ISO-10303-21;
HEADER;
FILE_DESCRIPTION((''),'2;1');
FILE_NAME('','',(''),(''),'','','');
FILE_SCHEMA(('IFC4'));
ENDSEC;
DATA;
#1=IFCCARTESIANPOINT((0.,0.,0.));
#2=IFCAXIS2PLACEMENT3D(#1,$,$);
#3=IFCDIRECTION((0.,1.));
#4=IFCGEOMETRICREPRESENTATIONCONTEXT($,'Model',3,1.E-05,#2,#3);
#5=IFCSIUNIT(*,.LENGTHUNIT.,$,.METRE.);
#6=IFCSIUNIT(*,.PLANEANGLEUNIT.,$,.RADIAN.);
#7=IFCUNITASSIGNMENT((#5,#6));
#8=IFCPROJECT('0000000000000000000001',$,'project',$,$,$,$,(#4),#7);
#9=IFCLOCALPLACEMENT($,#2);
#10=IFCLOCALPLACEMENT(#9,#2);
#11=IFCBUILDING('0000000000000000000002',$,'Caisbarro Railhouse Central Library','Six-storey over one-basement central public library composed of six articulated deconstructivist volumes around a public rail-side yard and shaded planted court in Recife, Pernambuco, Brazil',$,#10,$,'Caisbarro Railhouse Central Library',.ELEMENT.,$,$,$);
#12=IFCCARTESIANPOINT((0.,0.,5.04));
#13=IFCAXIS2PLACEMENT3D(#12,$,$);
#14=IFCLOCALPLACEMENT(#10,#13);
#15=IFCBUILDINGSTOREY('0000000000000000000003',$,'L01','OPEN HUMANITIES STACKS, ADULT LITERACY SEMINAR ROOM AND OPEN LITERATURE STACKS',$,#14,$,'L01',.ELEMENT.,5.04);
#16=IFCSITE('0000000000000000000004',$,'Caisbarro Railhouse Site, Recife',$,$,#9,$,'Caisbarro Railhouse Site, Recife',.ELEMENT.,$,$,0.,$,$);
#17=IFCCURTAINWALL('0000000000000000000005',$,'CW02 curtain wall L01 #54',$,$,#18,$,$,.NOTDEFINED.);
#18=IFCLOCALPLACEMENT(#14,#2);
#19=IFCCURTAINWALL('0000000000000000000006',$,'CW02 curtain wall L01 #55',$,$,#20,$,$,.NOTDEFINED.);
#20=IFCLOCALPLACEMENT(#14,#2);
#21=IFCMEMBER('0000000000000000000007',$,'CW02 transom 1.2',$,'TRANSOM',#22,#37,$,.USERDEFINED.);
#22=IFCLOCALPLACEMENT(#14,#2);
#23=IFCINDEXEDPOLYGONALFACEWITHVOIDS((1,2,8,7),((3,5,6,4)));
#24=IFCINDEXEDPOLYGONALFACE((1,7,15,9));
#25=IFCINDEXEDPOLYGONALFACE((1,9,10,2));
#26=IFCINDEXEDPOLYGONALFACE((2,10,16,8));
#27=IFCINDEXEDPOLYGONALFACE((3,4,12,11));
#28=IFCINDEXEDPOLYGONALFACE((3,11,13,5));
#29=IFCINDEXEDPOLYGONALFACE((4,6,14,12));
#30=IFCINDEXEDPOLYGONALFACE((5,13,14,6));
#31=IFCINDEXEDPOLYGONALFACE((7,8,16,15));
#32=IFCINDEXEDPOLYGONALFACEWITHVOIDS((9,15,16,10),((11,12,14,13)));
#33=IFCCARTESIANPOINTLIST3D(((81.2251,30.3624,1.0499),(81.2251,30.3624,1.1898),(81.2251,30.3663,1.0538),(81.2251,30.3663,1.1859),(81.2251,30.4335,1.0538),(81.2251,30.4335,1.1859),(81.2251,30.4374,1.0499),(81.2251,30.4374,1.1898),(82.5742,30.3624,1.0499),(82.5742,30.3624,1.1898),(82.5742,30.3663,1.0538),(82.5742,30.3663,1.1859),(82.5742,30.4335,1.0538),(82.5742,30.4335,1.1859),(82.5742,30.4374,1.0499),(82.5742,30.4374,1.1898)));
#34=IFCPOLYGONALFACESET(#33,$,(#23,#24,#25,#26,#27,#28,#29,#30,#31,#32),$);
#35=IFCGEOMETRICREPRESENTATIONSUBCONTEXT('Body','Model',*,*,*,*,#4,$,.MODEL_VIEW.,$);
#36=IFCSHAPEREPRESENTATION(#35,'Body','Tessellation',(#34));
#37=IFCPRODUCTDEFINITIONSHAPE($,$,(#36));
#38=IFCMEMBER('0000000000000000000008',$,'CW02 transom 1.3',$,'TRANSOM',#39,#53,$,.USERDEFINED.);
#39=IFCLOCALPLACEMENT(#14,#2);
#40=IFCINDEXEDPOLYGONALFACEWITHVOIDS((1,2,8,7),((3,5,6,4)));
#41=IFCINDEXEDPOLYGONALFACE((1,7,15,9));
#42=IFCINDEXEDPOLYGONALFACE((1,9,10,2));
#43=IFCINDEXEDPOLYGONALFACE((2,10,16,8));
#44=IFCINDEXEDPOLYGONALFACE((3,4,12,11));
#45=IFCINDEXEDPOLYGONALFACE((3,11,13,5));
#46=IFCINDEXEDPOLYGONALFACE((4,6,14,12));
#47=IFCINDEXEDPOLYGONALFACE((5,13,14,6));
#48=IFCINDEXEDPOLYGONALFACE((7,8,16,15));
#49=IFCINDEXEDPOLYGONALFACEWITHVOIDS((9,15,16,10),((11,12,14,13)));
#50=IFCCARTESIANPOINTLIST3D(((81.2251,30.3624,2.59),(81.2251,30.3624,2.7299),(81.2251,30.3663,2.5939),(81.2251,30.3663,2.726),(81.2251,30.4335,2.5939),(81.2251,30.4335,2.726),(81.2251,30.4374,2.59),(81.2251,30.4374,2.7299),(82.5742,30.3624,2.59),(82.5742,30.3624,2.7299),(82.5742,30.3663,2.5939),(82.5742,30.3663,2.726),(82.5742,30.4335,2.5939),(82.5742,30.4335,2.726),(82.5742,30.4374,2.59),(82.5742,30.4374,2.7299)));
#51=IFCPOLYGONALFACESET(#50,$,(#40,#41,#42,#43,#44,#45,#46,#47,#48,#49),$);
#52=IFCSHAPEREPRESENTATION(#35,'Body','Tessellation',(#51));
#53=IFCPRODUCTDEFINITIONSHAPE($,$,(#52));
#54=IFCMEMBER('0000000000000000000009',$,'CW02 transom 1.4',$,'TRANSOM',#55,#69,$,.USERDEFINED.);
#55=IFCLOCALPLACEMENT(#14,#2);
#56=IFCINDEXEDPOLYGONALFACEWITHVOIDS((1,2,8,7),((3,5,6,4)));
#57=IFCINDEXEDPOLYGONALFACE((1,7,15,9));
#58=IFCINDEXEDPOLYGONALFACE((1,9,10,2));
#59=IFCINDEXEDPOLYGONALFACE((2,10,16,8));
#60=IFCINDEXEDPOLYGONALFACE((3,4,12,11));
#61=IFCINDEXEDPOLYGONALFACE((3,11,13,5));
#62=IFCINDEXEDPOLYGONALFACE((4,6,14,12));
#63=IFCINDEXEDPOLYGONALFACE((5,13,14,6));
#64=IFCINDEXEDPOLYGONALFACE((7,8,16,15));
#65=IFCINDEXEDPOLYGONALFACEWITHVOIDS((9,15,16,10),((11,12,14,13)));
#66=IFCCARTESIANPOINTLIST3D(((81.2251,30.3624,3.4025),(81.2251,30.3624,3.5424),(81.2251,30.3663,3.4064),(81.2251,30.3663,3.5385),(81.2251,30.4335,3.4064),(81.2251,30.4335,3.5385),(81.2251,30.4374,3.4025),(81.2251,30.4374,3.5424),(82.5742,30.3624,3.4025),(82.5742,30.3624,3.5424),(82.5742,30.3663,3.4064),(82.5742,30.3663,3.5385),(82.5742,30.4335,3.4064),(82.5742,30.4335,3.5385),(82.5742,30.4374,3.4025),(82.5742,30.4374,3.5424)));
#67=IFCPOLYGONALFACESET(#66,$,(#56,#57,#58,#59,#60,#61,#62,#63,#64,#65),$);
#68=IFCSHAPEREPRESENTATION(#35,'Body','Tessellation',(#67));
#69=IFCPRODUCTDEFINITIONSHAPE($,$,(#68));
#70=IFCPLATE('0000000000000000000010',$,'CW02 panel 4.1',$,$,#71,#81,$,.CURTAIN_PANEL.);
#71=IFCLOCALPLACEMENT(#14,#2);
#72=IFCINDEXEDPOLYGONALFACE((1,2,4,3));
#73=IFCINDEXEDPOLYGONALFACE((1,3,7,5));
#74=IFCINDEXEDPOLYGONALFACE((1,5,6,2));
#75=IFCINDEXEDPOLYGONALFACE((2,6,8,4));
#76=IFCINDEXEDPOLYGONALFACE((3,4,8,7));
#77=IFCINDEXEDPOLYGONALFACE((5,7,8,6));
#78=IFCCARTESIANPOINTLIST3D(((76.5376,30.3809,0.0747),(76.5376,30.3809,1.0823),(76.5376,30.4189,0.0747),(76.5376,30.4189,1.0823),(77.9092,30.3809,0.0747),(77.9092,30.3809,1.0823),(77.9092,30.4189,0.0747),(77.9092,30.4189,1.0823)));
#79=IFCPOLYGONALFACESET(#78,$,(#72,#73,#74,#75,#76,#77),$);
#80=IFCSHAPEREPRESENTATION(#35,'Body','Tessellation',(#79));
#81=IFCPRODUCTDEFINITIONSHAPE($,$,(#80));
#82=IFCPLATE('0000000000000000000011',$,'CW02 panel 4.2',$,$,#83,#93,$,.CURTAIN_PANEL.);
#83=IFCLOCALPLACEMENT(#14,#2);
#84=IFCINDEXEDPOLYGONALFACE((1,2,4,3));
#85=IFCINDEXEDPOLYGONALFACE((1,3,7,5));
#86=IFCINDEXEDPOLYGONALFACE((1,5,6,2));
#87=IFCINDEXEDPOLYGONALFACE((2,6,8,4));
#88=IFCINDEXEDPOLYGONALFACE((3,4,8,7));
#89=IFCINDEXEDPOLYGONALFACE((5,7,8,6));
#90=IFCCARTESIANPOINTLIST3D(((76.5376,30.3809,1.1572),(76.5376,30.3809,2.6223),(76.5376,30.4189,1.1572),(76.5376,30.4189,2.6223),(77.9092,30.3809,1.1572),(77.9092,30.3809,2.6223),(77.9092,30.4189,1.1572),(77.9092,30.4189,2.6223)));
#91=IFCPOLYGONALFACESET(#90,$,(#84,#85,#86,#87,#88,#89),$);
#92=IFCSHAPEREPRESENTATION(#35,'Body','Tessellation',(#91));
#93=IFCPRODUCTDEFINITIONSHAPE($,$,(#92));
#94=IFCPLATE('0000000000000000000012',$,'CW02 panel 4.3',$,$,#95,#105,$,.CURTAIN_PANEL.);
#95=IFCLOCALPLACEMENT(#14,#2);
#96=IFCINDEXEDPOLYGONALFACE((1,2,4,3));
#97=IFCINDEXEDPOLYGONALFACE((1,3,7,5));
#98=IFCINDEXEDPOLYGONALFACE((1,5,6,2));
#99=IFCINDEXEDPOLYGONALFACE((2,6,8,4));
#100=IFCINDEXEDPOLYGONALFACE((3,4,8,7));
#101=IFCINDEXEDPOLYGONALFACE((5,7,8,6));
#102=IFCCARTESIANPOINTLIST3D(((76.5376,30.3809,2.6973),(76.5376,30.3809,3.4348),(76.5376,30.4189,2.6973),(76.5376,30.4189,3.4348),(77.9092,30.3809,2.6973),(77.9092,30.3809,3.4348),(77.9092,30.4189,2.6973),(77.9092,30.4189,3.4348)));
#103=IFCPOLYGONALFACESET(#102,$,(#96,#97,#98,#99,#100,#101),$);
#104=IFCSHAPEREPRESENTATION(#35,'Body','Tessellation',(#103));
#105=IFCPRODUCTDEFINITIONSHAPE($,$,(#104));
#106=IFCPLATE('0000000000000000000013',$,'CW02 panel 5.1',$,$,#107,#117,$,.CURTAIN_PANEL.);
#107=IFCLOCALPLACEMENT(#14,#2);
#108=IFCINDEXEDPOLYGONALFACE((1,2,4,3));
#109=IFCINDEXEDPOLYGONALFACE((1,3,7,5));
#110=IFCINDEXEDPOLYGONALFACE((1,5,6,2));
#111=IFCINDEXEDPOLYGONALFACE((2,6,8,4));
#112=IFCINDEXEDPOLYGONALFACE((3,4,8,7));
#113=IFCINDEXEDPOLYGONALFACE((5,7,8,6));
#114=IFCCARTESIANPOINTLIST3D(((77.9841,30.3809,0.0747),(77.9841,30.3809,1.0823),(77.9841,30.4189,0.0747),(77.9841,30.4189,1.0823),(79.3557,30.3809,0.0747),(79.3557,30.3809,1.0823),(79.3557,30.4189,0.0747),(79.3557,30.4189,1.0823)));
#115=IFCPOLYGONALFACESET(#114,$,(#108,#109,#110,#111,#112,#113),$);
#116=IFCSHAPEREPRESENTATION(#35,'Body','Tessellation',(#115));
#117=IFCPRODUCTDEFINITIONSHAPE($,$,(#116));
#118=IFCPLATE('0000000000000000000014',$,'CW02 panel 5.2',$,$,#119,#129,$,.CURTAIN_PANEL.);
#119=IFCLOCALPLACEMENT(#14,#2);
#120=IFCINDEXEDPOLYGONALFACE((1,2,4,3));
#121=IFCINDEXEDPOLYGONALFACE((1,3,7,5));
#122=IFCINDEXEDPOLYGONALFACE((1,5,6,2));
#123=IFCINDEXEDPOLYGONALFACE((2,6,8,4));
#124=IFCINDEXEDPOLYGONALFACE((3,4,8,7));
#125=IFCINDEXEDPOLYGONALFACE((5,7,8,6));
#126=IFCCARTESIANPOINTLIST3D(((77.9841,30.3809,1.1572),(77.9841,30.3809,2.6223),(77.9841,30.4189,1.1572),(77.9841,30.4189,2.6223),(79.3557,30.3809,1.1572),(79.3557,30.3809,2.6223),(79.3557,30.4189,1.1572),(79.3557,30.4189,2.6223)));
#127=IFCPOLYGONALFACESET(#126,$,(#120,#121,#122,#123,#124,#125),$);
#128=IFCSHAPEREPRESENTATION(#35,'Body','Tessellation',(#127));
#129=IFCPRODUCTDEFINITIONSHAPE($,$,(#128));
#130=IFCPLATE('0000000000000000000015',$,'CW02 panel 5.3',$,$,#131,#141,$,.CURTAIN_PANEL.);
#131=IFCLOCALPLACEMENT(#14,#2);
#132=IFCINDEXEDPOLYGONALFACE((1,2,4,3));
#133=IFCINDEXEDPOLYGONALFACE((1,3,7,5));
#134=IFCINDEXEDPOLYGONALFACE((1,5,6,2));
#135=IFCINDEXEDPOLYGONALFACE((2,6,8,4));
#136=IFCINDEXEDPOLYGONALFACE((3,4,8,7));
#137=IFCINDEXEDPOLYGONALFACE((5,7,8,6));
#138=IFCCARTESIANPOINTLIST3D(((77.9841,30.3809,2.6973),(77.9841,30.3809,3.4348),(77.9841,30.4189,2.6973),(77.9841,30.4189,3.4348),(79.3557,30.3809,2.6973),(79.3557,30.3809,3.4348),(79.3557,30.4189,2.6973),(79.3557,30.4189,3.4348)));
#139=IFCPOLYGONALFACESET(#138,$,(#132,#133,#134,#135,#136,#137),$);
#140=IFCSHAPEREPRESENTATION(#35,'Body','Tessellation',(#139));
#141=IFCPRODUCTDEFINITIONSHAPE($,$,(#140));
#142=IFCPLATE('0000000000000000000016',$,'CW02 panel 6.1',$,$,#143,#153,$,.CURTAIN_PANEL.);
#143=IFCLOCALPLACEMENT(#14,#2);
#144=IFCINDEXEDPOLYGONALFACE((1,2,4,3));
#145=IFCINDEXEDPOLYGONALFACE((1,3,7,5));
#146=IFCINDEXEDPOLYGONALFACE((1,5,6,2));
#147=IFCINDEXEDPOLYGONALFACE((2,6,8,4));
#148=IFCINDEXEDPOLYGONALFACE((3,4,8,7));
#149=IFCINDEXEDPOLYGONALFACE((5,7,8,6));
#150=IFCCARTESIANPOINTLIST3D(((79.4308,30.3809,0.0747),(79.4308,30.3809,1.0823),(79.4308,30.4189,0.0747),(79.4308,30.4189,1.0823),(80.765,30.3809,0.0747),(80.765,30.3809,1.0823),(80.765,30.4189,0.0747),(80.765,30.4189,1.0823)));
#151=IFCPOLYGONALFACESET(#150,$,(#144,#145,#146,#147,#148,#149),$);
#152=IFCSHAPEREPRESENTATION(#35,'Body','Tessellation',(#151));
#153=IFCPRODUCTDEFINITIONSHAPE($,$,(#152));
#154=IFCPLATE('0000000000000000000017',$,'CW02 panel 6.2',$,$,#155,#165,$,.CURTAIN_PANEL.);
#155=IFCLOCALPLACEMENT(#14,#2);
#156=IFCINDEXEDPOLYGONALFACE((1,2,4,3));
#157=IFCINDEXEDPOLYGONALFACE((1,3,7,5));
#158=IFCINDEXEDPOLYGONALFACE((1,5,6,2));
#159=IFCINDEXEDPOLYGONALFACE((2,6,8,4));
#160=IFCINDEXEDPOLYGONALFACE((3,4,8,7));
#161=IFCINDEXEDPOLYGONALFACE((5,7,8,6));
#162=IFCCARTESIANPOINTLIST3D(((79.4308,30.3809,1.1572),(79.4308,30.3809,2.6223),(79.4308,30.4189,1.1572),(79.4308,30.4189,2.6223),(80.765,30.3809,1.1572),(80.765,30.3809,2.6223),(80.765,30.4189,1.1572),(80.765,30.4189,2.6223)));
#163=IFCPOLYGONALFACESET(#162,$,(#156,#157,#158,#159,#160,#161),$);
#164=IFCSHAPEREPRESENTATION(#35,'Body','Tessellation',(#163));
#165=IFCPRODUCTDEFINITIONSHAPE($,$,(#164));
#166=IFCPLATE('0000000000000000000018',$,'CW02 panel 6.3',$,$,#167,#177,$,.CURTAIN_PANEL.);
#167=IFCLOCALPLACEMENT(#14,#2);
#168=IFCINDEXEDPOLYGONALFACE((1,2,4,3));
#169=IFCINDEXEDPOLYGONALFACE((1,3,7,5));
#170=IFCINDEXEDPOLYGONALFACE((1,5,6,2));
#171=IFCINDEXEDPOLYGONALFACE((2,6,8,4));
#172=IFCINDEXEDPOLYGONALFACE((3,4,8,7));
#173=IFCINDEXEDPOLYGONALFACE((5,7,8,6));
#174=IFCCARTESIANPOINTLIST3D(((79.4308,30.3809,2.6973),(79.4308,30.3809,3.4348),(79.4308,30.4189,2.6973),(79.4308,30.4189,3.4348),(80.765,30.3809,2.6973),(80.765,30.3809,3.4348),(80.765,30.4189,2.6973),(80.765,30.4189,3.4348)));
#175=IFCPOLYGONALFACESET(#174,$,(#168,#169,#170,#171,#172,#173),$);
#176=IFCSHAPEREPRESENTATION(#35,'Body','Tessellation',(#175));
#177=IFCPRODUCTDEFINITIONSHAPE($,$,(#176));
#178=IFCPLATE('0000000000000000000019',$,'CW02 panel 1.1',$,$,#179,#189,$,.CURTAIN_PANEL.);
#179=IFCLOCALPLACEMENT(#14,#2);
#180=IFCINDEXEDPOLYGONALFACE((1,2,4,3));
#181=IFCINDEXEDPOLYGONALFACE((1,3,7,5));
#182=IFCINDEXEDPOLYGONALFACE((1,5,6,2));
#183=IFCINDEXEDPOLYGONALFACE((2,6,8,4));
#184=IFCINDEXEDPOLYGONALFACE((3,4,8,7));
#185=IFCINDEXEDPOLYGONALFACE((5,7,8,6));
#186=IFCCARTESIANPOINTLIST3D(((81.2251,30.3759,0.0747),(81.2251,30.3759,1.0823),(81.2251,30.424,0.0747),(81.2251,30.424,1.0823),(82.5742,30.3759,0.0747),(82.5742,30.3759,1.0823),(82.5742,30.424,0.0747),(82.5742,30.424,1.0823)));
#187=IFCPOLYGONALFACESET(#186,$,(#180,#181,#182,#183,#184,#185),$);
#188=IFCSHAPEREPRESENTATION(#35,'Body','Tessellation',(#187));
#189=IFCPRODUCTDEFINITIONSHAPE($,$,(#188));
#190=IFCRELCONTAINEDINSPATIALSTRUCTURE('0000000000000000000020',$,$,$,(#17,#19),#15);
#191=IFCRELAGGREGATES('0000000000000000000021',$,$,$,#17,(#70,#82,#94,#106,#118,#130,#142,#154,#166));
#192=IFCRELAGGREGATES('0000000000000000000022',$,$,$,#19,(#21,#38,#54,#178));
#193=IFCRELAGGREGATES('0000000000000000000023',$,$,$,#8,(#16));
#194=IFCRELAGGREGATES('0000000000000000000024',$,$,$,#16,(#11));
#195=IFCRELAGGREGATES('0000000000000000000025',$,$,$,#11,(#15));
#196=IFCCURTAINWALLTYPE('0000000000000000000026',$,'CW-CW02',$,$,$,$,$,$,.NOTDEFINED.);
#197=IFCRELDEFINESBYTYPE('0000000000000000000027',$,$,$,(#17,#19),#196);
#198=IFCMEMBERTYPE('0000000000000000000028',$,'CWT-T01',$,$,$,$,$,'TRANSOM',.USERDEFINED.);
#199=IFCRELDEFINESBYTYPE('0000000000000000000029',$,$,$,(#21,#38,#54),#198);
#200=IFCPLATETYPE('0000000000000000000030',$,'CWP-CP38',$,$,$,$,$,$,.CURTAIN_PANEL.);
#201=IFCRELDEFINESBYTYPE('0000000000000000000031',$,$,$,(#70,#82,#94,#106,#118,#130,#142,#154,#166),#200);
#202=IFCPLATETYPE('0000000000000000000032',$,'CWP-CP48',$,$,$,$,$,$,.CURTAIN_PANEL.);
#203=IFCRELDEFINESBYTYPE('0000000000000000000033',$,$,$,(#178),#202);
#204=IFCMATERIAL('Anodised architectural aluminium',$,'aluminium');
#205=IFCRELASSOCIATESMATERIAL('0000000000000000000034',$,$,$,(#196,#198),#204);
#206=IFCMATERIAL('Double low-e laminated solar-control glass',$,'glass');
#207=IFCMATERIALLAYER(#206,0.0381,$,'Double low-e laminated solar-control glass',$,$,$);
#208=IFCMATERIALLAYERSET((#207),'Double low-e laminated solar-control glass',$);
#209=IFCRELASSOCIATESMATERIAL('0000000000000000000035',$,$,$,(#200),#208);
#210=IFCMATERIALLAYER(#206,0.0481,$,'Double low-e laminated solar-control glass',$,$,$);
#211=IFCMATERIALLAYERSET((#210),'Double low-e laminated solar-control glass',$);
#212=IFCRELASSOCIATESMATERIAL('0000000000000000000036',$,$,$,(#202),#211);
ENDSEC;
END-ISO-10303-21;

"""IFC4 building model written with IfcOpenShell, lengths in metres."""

from ifc_helpers import new_model, si_unit, direction, frame, origin, origin_2d, place, context, subcontext, project, spatial, rectangle, hollow_rectangle, extrude, material, layer, layer_set, material_profile, profile_set, type_object, element, aggregate, save


model = new_model("IFC4")

# Units and contexts
model_context = context("Model", 3, precision=1e-05, world=origin(), true_north=direction((0.0, 1.0)))
body_context = subcontext(model_context, "Body", "Model", "MODEL_VIEW")
ifc_project = project(units=[si_unit("LENGTHUNIT", "METRE"), si_unit("PLANEANGLEUNIT", "RADIAN")], contexts=[model_context])

# Site, building, storey
site_placement = place(None, origin())
site = spatial("IfcSite", under=ifc_project, at=site_placement, Name="Caisbarro Railhouse Site, Recife", LongName="Caisbarro Railhouse Site, Recife", CompositionType="ELEMENT", RefElevation=0.0)
building_placement = place(site_placement, origin())
building = spatial("IfcBuilding", under=site, at=building_placement, Name="Caisbarro Railhouse Central Library", Description="Six-storey over one-basement central public library composed of six articulated deconstructivist volumes around a public rail-side yard and shaded planted court in Recife, Pernambuco, Brazil", LongName="Caisbarro Railhouse Central Library", CompositionType="ELEMENT")
storey_placement = place(building_placement, frame((0.0, 0.0, 5.04)))
storey = spatial("IfcBuildingStorey", under=building, at=storey_placement, Name="L01", Description="OPEN HUMANITIES STACKS, ADULT LITERACY SEMINAR ROOM AND OPEN LITERATURE STACKS", LongName="L01", CompositionType="ELEMENT", Elevation=5.04)

# Curtain wall
ifc_material_1 = material(Name="Anodised architectural aluminium", Category="aluminium")
curtain_wall_type = type_object("IfcCurtainWallType", Name="CW-CW02", PredefinedType="NOTDEFINED", material=ifc_material_1)
curtain_wall_1_placement = place(storey_placement, origin())
curtain_wall_1 = element("IfcCurtainWall", 1, at=curtain_wall_1_placement, inside=storey, type_object=curtain_wall_type, Name="CW02 curtain wall L01 #54", PredefinedType="NOTDEFINED")

# Curtain wall
curtain_wall_2_placement = place(storey_placement, origin())
curtain_wall_2 = element("IfcCurtainWall", 2, at=curtain_wall_2_placement, inside=storey, type_object=curtain_wall_type, Name="CW02 curtain wall L01 #55", PredefinedType="NOTDEFINED")

# Members
ifc_material_profile_1 = material_profile(ifc_material_1, hollow_rectangle(XDim=0.075, YDim=0.1399, WallThickness=0.0039, at=origin_2d()), Name="ALU-TRN-75X140")
ifc_profile_set_1 = profile_set([ifc_material_profile_1], Name="Anodised architectural aluminium")
member_type_1 = type_object("IfcMemberType", Name="CWT-T01", ElementType="TRANSOM", PredefinedType="USERDEFINED", material=ifc_profile_set_1)
member_1_placement = place(storey_placement, frame((81.2251, 30.3999, 1.1199), z_axis=(1.0, 0.0, 0.0), x_axis=(0.0, 1.0, 0.0)))
member_1 = element("IfcMember", 3, at=member_1_placement, type_object=member_type_1, Name="CW02 transom 1.2", ObjectType="TRANSOM", PredefinedType="USERDEFINED", context=body_context, shape_type="SweptSolid", body=[
    extrude(hollow_rectangle(XDim=0.075, YDim=0.1399, WallThickness=0.0039, at=origin_2d()), origin(), (0.0, 0.0, 1.0), 1.3491),
])
member_2_placement = place(storey_placement, frame((81.2251, 30.3999, 2.6599), z_axis=(1.0, 0.0, 0.0), x_axis=(0.0, 1.0, 0.0)))
member_2 = element("IfcMember", 4, at=member_2_placement, type_object=member_type_1, Name="CW02 transom 1.3", ObjectType="TRANSOM", PredefinedType="USERDEFINED", context=body_context, shape_type="SweptSolid", body=[
    extrude(hollow_rectangle(XDim=0.075, YDim=0.1399, WallThickness=0.0039, at=origin_2d()), origin(), (0.0, 0.0, 1.0), 1.3491),
])
member_3_placement = place(storey_placement, frame((81.2251, 30.3999, 3.4724), z_axis=(1.0, 0.0, 0.0), x_axis=(0.0, 1.0, 0.0)))
member_3 = element("IfcMember", 5, at=member_3_placement, type_object=member_type_1, Name="CW02 transom 1.4", ObjectType="TRANSOM", PredefinedType="USERDEFINED", context=body_context, shape_type="SweptSolid", body=[
    extrude(hollow_rectangle(XDim=0.075, YDim=0.1399, WallThickness=0.0039, at=origin_2d()), origin(), (0.0, 0.0, 1.0), 1.3491),
])

# Plates
ifc_material_2 = material(Name="Double low-e laminated solar-control glass", Category="glass")
ifc_layer_1 = layer(ifc_material_2, 0.0381, Name="Double low-e laminated solar-control glass")
ifc_layer_set_1 = layer_set([ifc_layer_1], Name="Double low-e laminated solar-control glass")
plate_type_1 = type_object("IfcPlateType", Name="CWP-CP38", PredefinedType="CURTAIN_PANEL", material=ifc_layer_set_1)
plate_1_placement = place(storey_placement, frame((77.2234, 30.3999, 0.0747), z_axis=(0.0, 0.0, 1.0), x_axis=(1.0, 0.0, 0.0)))
plate_1 = element("IfcPlate", 6, at=plate_1_placement, type_object=plate_type_1, Name="CW02 panel 4.1", PredefinedType="CURTAIN_PANEL", context=body_context, shape_type="SweptSolid", body=[
    extrude(rectangle(XDim=1.3716, YDim=0.0381, at=origin_2d()), origin(), (0.0, 0.0, 1.0), 1.0076),
])
plate_2_placement = place(storey_placement, frame((77.2234, 30.3999, 1.1572), z_axis=(0.0, 0.0, 1.0), x_axis=(1.0, 0.0, 0.0)))
plate_2 = element("IfcPlate", 7, at=plate_2_placement, type_object=plate_type_1, Name="CW02 panel 4.2", PredefinedType="CURTAIN_PANEL", context=body_context, shape_type="SweptSolid", body=[
    extrude(rectangle(XDim=1.3716, YDim=0.0381, at=origin_2d()), origin(), (0.0, 0.0, 1.0), 1.4651),
])
plate_3_placement = place(storey_placement, frame((77.2234, 30.3999, 2.6973), z_axis=(0.0, 0.0, 1.0), x_axis=(1.0, 0.0, 0.0)))
plate_3 = element("IfcPlate", 8, at=plate_3_placement, type_object=plate_type_1, Name="CW02 panel 4.3", PredefinedType="CURTAIN_PANEL", context=body_context, shape_type="SweptSolid", body=[
    extrude(rectangle(XDim=1.3716, YDim=0.0381, at=origin_2d()), origin(), (0.0, 0.0, 1.0), 0.7375),
])
plate_4_placement = place(storey_placement, frame((78.6699, 30.3999, 0.0747), z_axis=(0.0, 0.0, 1.0), x_axis=(1.0, 0.0, 0.0)))
plate_4 = element("IfcPlate", 9, at=plate_4_placement, type_object=plate_type_1, Name="CW02 panel 5.1", PredefinedType="CURTAIN_PANEL", context=body_context, shape_type="SweptSolid", body=[
    extrude(rectangle(XDim=1.3716, YDim=0.0381, at=origin_2d()), origin(), (0.0, 0.0, 1.0), 1.0076),
])
plate_5_placement = place(storey_placement, frame((78.6699, 30.3999, 1.1572), z_axis=(0.0, 0.0, 1.0), x_axis=(1.0, 0.0, 0.0)))
plate_5 = element("IfcPlate", 10, at=plate_5_placement, type_object=plate_type_1, Name="CW02 panel 5.2", PredefinedType="CURTAIN_PANEL", context=body_context, shape_type="SweptSolid", body=[
    extrude(rectangle(XDim=1.3716, YDim=0.0381, at=origin_2d()), origin(), (0.0, 0.0, 1.0), 1.4651),
])
plate_6_placement = place(storey_placement, frame((78.6699, 30.3999, 2.6973), z_axis=(0.0, 0.0, 1.0), x_axis=(1.0, 0.0, 0.0)))
plate_6 = element("IfcPlate", 11, at=plate_6_placement, type_object=plate_type_1, Name="CW02 panel 5.3", PredefinedType="CURTAIN_PANEL", context=body_context, shape_type="SweptSolid", body=[
    extrude(rectangle(XDim=1.3716, YDim=0.0381, at=origin_2d()), origin(), (0.0, 0.0, 1.0), 0.7375),
])
plate_7_placement = place(storey_placement, frame((80.0979, 30.3999, 0.0747), z_axis=(0.0, 0.0, 1.0), x_axis=(1.0, 0.0, 0.0)))
plate_7 = element("IfcPlate", 12, at=plate_7_placement, type_object=plate_type_1, Name="CW02 panel 6.1", PredefinedType="CURTAIN_PANEL", context=body_context, shape_type="SweptSolid", body=[
    extrude(rectangle(XDim=1.3342, YDim=0.0381, at=origin_2d()), origin(), (0.0, 0.0, 1.0), 1.0076),
])
plate_8_placement = place(storey_placement, frame((80.0979, 30.3999, 1.1572), z_axis=(0.0, 0.0, 1.0), x_axis=(1.0, 0.0, 0.0)))
plate_8 = element("IfcPlate", 13, at=plate_8_placement, type_object=plate_type_1, Name="CW02 panel 6.2", PredefinedType="CURTAIN_PANEL", context=body_context, shape_type="SweptSolid", body=[
    extrude(rectangle(XDim=1.3342, YDim=0.0381, at=origin_2d()), origin(), (0.0, 0.0, 1.0), 1.4651),
])
plate_9_placement = place(storey_placement, frame((80.0979, 30.3999, 2.6973), z_axis=(0.0, 0.0, 1.0), x_axis=(1.0, 0.0, 0.0)))
plate_9 = element("IfcPlate", 14, at=plate_9_placement, type_object=plate_type_1, Name="CW02 panel 6.3", PredefinedType="CURTAIN_PANEL", context=body_context, shape_type="SweptSolid", body=[
    extrude(rectangle(XDim=1.3342, YDim=0.0381, at=origin_2d()), origin(), (0.0, 0.0, 1.0), 0.7375),
])
aggregate(curtain_wall_1, [plate_1, plate_2, plate_3, plate_4, plate_5, plate_6, plate_7, plate_8, plate_9])
ifc_layer_2 = layer(ifc_material_2, 0.0481, Name="Double low-e laminated solar-control glass")
ifc_layer_set_2 = layer_set([ifc_layer_2], Name="Double low-e laminated solar-control glass")
plate_type_2 = type_object("IfcPlateType", Name="CWP-CP48", PredefinedType="CURTAIN_PANEL", material=ifc_layer_set_2)
plate_10_placement = place(storey_placement, frame((81.8997, 30.3999, 0.0747), z_axis=(0.0, 0.0, 1.0), x_axis=(1.0, 0.0, 0.0)))
plate_10 = element("IfcPlate", 15, at=plate_10_placement, type_object=plate_type_2, Name="CW02 panel 1.1", PredefinedType="CURTAIN_PANEL", context=body_context, shape_type="SweptSolid", body=[
    extrude(rectangle(XDim=1.3491, YDim=0.0481, at=origin_2d()), origin(), (0.0, 0.0, 1.0), 1.0076),
])
aggregate(curtain_wall_2, [member_1, member_2, member_3, plate_10])

save(model, "model.ifc")
